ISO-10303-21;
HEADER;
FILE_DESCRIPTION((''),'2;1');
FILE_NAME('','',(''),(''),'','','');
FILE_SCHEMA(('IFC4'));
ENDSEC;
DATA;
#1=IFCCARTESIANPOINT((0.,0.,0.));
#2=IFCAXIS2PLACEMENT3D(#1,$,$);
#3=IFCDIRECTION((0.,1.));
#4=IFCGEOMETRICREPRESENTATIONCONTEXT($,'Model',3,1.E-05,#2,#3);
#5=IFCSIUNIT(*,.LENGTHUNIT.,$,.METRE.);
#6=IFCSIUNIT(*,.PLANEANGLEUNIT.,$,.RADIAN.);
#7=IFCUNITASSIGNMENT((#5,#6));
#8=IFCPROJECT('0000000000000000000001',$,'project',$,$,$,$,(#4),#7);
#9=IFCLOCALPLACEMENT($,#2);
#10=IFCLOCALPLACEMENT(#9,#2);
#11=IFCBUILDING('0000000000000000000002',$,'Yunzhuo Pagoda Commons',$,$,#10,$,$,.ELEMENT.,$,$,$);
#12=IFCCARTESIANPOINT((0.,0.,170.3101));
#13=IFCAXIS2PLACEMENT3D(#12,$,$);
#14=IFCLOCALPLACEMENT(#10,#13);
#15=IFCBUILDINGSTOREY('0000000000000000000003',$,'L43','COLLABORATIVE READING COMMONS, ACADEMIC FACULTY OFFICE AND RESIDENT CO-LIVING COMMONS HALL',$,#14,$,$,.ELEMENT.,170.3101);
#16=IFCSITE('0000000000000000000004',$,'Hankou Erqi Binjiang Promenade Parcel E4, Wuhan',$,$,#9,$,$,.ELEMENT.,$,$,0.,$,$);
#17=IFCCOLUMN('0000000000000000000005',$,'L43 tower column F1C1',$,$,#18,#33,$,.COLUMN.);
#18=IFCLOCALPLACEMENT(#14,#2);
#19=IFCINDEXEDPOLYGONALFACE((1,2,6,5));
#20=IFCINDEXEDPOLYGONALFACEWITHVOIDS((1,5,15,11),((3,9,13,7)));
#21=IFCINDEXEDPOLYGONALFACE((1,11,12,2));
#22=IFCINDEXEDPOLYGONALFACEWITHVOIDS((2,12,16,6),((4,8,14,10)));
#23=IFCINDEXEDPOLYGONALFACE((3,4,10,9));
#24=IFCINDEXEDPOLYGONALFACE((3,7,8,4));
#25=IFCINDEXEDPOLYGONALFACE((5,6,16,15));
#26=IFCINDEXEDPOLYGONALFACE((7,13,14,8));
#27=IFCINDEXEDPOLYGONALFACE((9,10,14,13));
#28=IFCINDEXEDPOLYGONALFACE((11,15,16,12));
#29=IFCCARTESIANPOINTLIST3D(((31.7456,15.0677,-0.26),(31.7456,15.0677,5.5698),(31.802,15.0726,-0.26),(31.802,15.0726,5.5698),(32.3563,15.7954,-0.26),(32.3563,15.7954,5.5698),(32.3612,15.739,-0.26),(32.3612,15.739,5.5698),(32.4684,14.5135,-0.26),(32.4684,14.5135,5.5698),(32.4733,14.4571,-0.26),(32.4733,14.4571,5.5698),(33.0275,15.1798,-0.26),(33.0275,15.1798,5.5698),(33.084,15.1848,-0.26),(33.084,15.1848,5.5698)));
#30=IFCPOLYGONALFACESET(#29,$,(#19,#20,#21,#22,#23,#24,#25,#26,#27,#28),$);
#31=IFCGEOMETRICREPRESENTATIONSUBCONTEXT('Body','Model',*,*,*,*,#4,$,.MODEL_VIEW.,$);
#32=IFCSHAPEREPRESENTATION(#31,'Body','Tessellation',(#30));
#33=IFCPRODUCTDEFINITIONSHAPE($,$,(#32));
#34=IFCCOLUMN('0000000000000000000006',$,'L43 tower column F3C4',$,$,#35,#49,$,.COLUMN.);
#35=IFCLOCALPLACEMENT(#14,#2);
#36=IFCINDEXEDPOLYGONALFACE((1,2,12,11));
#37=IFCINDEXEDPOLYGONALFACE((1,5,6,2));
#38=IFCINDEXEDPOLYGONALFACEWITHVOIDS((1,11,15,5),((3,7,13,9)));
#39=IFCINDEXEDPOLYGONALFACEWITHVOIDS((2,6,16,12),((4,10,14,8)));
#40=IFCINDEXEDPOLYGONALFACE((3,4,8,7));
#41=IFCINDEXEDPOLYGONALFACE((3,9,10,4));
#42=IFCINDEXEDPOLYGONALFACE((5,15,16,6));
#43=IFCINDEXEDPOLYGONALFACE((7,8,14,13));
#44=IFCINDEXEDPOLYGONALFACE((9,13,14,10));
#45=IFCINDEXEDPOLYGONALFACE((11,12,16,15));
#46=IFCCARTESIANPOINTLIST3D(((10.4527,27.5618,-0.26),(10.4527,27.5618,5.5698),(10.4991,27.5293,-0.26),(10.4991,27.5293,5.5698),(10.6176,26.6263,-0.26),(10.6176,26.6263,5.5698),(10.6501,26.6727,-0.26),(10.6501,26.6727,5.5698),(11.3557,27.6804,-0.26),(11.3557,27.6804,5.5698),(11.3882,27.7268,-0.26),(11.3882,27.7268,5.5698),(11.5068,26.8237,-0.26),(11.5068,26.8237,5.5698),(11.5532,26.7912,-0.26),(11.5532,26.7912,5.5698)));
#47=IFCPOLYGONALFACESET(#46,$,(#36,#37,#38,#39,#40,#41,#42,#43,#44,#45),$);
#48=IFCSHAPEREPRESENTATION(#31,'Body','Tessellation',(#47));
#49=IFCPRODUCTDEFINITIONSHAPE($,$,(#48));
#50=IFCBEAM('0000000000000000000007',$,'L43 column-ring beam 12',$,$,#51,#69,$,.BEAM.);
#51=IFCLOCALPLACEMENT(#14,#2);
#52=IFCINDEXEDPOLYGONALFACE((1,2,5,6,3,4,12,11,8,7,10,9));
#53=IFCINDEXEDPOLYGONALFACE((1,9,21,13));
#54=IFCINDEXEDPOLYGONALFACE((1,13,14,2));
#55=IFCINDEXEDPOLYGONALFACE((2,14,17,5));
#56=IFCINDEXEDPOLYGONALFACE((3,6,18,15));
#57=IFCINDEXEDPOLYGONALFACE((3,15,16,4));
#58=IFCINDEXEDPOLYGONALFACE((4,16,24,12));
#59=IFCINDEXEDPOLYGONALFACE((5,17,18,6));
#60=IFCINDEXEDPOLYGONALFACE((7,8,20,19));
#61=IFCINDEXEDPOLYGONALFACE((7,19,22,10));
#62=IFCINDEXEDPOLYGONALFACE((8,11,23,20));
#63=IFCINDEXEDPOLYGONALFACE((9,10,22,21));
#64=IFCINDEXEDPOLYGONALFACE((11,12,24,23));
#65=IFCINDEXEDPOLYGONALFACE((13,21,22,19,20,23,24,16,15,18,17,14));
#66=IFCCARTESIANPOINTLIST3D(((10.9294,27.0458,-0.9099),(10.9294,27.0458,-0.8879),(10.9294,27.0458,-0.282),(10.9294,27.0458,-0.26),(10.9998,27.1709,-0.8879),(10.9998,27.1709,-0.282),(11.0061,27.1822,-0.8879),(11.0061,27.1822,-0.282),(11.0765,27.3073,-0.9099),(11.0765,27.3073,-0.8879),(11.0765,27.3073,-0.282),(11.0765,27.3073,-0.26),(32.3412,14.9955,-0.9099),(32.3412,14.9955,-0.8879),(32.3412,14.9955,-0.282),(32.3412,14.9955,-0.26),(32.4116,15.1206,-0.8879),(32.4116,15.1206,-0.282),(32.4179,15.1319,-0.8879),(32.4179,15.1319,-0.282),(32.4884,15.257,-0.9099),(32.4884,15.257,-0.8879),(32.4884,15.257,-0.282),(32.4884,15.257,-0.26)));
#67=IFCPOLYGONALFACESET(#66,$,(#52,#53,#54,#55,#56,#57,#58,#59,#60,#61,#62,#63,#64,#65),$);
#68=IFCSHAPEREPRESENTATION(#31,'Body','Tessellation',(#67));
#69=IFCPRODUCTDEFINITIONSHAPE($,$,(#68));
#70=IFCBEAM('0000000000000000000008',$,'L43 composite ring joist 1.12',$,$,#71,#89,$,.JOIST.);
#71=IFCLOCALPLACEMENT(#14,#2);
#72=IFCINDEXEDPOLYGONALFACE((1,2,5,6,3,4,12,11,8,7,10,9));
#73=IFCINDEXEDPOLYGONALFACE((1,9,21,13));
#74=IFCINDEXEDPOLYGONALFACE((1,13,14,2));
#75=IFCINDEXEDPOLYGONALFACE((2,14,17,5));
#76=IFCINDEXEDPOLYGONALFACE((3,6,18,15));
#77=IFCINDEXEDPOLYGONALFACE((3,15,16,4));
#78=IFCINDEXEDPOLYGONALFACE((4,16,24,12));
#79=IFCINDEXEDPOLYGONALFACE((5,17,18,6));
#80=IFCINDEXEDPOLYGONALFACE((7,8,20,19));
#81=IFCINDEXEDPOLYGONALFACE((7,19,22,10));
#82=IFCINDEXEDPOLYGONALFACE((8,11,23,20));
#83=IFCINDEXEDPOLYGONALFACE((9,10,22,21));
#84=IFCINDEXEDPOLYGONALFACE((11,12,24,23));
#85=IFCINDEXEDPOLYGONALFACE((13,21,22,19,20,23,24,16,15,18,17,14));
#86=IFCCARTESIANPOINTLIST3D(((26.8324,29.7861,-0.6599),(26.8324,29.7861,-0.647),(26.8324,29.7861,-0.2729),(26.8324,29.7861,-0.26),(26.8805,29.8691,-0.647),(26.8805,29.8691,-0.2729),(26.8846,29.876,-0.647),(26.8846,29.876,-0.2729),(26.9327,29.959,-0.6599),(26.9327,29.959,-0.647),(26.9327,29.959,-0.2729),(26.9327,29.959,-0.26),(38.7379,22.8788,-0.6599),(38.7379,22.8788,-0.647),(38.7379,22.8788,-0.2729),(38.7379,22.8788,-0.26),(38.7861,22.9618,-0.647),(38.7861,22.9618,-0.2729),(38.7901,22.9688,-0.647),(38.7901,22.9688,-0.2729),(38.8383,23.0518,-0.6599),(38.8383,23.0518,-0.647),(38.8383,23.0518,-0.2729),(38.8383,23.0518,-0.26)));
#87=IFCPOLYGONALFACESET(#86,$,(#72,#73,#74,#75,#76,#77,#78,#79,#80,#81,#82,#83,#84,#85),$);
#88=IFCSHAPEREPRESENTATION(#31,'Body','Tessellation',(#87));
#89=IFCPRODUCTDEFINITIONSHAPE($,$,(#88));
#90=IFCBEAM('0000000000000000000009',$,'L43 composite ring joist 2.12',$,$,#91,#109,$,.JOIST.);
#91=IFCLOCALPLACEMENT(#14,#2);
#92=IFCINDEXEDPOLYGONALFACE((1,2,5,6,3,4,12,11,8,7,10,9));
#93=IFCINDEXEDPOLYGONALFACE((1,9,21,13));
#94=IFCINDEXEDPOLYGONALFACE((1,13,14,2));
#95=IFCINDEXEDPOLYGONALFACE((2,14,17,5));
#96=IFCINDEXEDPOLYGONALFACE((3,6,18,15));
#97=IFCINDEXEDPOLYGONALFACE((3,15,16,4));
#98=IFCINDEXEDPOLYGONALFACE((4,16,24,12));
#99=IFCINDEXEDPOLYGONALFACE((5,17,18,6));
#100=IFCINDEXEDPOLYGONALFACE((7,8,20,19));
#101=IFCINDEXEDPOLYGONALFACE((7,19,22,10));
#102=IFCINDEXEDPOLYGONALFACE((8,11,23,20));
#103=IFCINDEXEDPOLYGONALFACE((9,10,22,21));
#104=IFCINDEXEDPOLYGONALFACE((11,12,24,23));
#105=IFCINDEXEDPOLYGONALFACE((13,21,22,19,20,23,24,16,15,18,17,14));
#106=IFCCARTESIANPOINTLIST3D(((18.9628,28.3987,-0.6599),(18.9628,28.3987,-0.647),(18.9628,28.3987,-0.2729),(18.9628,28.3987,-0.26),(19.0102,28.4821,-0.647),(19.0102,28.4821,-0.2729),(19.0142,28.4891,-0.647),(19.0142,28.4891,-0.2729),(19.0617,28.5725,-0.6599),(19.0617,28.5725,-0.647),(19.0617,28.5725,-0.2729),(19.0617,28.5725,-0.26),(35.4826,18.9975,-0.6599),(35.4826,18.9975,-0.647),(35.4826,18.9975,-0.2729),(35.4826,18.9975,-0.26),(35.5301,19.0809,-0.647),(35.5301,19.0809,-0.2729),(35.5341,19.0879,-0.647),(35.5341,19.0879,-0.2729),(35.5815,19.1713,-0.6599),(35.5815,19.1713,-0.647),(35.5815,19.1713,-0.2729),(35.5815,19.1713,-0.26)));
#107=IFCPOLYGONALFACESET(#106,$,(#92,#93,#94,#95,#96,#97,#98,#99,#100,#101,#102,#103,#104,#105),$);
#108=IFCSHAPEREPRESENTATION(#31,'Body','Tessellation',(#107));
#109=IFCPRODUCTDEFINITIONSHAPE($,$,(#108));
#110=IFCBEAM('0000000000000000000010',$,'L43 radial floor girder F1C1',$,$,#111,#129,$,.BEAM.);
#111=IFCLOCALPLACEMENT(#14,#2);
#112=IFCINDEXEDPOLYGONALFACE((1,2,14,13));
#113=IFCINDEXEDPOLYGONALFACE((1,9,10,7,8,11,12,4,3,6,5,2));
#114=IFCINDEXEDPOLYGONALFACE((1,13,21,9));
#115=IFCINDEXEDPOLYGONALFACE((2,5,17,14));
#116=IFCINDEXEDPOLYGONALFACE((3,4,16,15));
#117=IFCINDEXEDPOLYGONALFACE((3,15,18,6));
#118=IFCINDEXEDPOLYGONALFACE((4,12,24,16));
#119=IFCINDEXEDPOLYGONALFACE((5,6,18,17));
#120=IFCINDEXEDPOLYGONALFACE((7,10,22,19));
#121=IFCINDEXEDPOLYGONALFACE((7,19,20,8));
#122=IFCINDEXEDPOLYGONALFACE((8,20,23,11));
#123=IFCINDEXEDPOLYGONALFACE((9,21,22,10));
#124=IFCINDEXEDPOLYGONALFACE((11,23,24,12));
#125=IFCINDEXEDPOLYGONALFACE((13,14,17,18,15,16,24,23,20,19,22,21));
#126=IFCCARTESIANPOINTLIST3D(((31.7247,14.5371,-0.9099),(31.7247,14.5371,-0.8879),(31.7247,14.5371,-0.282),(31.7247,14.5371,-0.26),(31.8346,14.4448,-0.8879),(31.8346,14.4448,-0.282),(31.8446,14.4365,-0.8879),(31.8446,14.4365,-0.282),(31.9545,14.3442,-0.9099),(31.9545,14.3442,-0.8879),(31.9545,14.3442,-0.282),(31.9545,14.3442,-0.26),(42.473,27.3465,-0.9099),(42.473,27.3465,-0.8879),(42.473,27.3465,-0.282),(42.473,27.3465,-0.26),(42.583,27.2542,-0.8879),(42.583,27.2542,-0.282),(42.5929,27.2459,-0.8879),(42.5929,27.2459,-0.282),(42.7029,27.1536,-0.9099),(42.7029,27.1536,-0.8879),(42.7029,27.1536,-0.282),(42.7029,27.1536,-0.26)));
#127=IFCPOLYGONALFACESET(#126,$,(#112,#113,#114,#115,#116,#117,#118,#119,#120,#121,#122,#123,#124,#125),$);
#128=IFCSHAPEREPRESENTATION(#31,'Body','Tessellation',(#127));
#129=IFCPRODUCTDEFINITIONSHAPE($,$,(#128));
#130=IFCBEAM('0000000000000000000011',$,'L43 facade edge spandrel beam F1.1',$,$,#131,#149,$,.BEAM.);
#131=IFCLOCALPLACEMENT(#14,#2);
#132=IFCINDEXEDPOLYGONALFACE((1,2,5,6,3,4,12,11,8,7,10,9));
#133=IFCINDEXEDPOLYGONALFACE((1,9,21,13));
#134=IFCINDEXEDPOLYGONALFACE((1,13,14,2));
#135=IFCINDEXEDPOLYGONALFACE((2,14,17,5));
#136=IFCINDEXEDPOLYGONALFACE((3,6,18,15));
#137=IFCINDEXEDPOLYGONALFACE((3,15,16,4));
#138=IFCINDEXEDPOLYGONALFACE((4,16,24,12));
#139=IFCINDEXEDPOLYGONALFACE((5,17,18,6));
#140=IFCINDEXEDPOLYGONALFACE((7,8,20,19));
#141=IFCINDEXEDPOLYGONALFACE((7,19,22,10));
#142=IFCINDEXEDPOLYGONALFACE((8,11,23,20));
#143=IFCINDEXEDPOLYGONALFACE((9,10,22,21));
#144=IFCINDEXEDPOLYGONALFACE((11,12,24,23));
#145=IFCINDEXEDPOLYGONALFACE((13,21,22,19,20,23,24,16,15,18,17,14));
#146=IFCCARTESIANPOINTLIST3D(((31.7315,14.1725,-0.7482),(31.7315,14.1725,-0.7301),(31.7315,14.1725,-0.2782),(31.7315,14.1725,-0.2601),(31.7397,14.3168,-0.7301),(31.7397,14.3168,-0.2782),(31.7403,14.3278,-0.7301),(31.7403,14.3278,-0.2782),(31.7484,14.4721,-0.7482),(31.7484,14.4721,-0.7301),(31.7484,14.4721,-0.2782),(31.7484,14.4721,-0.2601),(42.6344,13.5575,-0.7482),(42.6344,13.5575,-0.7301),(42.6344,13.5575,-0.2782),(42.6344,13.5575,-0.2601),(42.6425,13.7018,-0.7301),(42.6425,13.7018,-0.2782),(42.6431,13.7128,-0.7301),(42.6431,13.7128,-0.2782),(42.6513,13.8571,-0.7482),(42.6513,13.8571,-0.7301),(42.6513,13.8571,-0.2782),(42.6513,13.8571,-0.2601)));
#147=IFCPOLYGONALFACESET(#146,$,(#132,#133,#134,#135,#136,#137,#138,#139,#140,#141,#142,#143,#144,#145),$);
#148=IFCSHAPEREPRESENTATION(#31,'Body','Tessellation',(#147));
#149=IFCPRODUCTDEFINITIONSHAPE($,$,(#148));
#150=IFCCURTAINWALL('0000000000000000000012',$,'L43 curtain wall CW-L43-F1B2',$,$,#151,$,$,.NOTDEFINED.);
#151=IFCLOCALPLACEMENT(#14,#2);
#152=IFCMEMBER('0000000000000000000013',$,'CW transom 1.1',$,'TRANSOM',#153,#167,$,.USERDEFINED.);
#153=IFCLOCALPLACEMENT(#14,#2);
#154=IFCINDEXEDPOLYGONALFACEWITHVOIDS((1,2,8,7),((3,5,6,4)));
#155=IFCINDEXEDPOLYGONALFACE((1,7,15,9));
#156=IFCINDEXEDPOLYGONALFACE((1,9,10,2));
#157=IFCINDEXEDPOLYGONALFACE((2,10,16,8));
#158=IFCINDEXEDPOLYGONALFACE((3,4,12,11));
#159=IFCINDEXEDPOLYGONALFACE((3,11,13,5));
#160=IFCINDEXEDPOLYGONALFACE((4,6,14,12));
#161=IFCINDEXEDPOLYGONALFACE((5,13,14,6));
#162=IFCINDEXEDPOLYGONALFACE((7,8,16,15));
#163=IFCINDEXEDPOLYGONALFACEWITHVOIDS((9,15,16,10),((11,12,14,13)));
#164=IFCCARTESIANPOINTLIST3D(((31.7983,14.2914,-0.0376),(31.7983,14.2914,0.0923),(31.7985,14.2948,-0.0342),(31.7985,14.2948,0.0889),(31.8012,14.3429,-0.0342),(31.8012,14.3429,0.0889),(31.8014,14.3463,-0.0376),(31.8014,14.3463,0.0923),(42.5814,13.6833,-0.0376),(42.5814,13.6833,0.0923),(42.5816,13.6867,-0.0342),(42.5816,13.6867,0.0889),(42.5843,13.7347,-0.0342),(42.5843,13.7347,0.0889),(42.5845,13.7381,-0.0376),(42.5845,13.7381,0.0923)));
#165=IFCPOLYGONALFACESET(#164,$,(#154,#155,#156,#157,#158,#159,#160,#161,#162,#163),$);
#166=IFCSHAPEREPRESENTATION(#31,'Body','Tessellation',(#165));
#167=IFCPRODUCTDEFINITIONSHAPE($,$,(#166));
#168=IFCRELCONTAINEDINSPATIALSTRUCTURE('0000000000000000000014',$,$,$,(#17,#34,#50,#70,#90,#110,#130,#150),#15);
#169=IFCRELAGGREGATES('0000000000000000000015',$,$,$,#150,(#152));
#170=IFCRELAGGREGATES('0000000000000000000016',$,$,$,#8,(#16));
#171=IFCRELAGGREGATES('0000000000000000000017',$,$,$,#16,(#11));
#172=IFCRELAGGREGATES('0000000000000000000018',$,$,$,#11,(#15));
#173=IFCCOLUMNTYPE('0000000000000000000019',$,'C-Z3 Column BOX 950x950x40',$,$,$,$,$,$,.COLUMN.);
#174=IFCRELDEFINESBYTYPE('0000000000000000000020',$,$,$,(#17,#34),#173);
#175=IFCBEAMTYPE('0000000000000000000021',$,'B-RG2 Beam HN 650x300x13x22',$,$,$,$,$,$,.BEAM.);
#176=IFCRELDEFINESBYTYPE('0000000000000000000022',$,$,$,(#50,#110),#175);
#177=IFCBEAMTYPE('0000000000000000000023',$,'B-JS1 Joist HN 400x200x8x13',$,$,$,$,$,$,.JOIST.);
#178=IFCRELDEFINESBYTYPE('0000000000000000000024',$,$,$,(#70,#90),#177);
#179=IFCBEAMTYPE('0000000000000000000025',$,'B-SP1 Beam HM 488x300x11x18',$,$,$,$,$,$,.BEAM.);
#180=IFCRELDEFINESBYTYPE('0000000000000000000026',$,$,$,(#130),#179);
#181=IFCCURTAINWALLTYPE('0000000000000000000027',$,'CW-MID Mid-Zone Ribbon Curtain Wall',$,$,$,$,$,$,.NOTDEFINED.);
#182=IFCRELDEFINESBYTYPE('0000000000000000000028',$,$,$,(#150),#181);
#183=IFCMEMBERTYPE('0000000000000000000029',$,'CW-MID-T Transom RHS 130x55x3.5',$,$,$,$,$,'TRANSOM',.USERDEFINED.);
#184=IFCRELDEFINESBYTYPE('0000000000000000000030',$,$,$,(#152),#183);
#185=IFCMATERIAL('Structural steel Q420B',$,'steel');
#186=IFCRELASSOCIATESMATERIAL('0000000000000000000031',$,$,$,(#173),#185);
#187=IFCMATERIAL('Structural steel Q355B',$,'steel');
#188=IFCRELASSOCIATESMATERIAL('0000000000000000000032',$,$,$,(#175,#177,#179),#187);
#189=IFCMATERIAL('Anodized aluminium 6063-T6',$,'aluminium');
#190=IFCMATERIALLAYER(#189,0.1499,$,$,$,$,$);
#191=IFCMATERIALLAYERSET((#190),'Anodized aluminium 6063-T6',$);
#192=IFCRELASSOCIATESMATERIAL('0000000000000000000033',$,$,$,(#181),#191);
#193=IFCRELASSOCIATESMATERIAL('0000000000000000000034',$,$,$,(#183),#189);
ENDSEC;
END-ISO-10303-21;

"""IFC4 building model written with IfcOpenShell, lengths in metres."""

from ifc_helpers import new_model, si_unit, direction, frame, origin, origin_2d, place, context, subcontext, project, spatial, hollow_rectangle, i_section, extrude, source, transform, mapped, material, layer, layer_set, material_profile, profile_set, type_object, element, aggregate, save


model = new_model("IFC4")

# Units and contexts
model_context = context("Model", 3, precision=1e-05, world=origin(), true_north=direction((0.0, 1.0)))
body_context = subcontext(model_context, "Body", "Model", "MODEL_VIEW")
ifc_project = project(units=[si_unit("LENGTHUNIT", "METRE"), si_unit("PLANEANGLEUNIT", "RADIAN")], contexts=[model_context])

# Site, building, storey
site_placement = place(None, origin())
site = spatial("IfcSite", under=ifc_project, at=site_placement, Name="Hankou Erqi Binjiang Promenade Parcel E4, Wuhan", CompositionType="ELEMENT", RefElevation=0.0)
building_placement = place(site_placement, origin())
building = spatial("IfcBuilding", under=site, at=building_placement, Name="Yunzhuo Pagoda Commons", CompositionType="ELEMENT")
storey_placement = place(building_placement, frame((0.0, 0.0, 170.3101)))
storey = spatial("IfcBuildingStorey", under=building, at=storey_placement, Name="L43", Description="COLLABORATIVE READING COMMONS, ACADEMIC FACULTY OFFICE AND RESIDENT CO-LIVING COMMONS HALL", CompositionType="ELEMENT", Elevation=170.3101)

# Columns
ifc_material_1 = material(Name="Structural steel Q420B", Category="steel")
ifc_material_profile_1 = material_profile(ifc_material_1, hollow_rectangle(XDim=0.95, YDim=0.95, WallThickness=0.04, at=origin_2d()), Name="Structural steel Q420B")
ifc_profile_set_1 = profile_set([ifc_material_profile_1], Name="Structural steel Q420B")
column_type = type_object("IfcColumnType", Name="C-Z3 Column BOX 950x950x40", PredefinedType="COLUMN", material=ifc_profile_set_1)
shared_shape_1 = source(origin(), body_context, "Body", "SweptSolid", [
    extrude(hollow_rectangle(XDim=0.95, YDim=0.95, WallThickness=0.04, at=origin_2d()), origin(), (0.0, 0.0, 1.0), 5.8298),
])
for number, where, z_axis, x_axis, name in (
    (1, (32.4148, 15.1262, -0.26), (0.0, 0.0, 1.0), (0.766044, -0.642788, 0.0), "L43 tower column F1C1"),
    (2, (11.0029, 27.1765, -0.26), (0.0, 0.0, 1.0), (0.173648, -0.984808, 0.0), "L43 tower column F3C4"),
):
    element("IfcColumn", number, at=place(storey_placement, frame(where, z_axis=z_axis, x_axis=x_axis)), inside=storey, type_object=column_type, Name=name, PredefinedType="COLUMN", context=body_context, shape_type="MappedRepresentation", body=[
        mapped(shared_shape_1, transform((0.0, 0.0, 0.0), scale=1.0)),
    ])

# Beams
ifc_material_2 = material(Name="Structural steel Q355B", Category="steel")
ifc_material_profile_2 = material_profile(ifc_material_2, i_section(OverallWidth=0.3, OverallDepth=0.6499, WebThickness=0.0129, FlangeThickness=0.022, at=origin_2d()), Name="Structural steel Q355B")
ifc_profile_set_2 = profile_set([ifc_material_profile_2], Name="Structural steel Q355B")
beam_type_1 = type_object("IfcBeamType", Name="B-RG2 Beam HN 650x300x13x22", PredefinedType="BEAM", material=ifc_profile_set_2)
shared_shape_2 = source(origin(), body_context, "Body", "SweptSolid", [
    extrude(i_section(OverallWidth=0.3, OverallDepth=0.6499, WebThickness=0.0129, FlangeThickness=0.022, at=origin_2d()), origin(), (0.0, 0.0, 1.0), 24.5698),
])
beam_1_placement = place(storey_placement, frame((11.0029, 27.1765, -0.585), z_axis=(0.871469, -0.49045, 0.0), x_axis=(0.49045, 0.871469, 0.0)))
element("IfcBeam", 3, at=beam_1_placement, inside=storey, type_object=beam_type_1, Name="L43 column-ring beam 12", PredefinedType="BEAM", context=body_context, shape_type="MappedRepresentation", body=[
    mapped(shared_shape_2, transform((0.0, 0.0, 0.0), scale=1.0)),
])
ifc_material_profile_3 = material_profile(ifc_material_2, i_section(OverallWidth=0.2, OverallDepth=0.3999, WebThickness=0.0081, FlangeThickness=0.0129, at=origin_2d()), Name="Structural steel Q355B")
ifc_profile_set_3 = profile_set([ifc_material_profile_3], Name="Structural steel Q355B")
beam_type_2 = type_object("IfcBeamType", Name="B-JS1 Joist HN 400x200x8x13", PredefinedType="JOIST", material=ifc_profile_set_3)
shared_shape_3 = source(origin(), body_context, "Body", "SweptSolid", [
    extrude(i_section(OverallWidth=0.2, OverallDepth=0.3999, WebThickness=0.0081, FlangeThickness=0.0129, at=origin_2d()), origin(), (0.0, 0.0, 1.0), 13.7642),
])
beam_2_placement = place(storey_placement, frame((26.8826, 29.8726, -0.46), z_axis=(0.864967, -0.501828, 0.0), x_axis=(0.501828, 0.864967, 0.0)))
element("IfcBeam", 4, at=beam_2_placement, inside=storey, type_object=beam_type_2, Name="L43 composite ring joist 1.12", PredefinedType="JOIST", context=body_context, shape_type="MappedRepresentation", body=[
    mapped(shared_shape_3, transform((0.0, 0.0, 0.0), scale=1.0)),
])
shared_shape_4 = source(origin(), body_context, "Body", "SweptSolid", [
    extrude(i_section(OverallWidth=0.2, OverallDepth=0.3999, WebThickness=0.0081, FlangeThickness=0.0129, at=origin_2d()), origin(), (0.0, 0.0, 1.0), 19.0076),
])
beam_3_placement = place(storey_placement, frame((19.0122, 28.4856, -0.46), z_axis=(0.86912, -0.494601, 0.0), x_axis=(0.494601, 0.86912, 0.0)))
element("IfcBeam", 5, at=beam_3_placement, inside=storey, type_object=beam_type_2, Name="L43 composite ring joist 2.12", PredefinedType="JOIST", context=body_context, shape_type="MappedRepresentation", body=[
    mapped(shared_shape_4, transform((0.0, 0.0, 0.0), scale=1.0)),
])
shared_shape_5 = source(origin(), body_context, "Body", "SweptSolid", [
    extrude(i_section(OverallWidth=0.3, OverallDepth=0.6499, WebThickness=0.0129, FlangeThickness=0.022, at=origin_2d()), origin(), (0.0, 0.0, 1.0), 16.7214),
])
beam_4_placement = place(storey_placement, frame((31.8396, 14.4407, -0.585), z_axis=(0.642787, 0.766045, 0.0), x_axis=(-0.766045, 0.642787, 0.0)))
element("IfcBeam", 6, at=beam_4_placement, inside=storey, type_object=beam_type_1, Name="L43 radial floor girder F1C1", PredefinedType="BEAM", context=body_context, shape_type="MappedRepresentation", body=[
    mapped(shared_shape_5, transform((0.0, 0.0, 0.0), scale=1.0)),
])
ifc_material_profile_4 = material_profile(ifc_material_2, i_section(OverallWidth=0.3, OverallDepth=0.488, WebThickness=0.011, FlangeThickness=0.0181, at=origin_2d()), Name="Structural steel Q355B")
ifc_profile_set_4 = profile_set([ifc_material_profile_4], Name="Structural steel Q355B")
beam_type_3 = type_object("IfcBeamType", Name="B-SP1 Beam HM 488x300x11x18", PredefinedType="BEAM", material=ifc_profile_set_4)
shared_shape_6 = source(origin(), body_context, "Body", "SweptSolid", [
    extrude(i_section(OverallWidth=0.3, OverallDepth=0.488, WebThickness=0.011, FlangeThickness=0.0181, at=origin_2d()), origin(), (0.0, 0.0, 1.0), 10.9202),
])
beam_5_placement = place(storey_placement, frame((31.74, 14.3223, -0.5042), z_axis=(0.998413, -0.056317, 0.0), x_axis=(0.056317, 0.998413, 0.0)))
element("IfcBeam", 7, at=beam_5_placement, inside=storey, type_object=beam_type_3, Name="L43 facade edge spandrel beam F1.1", PredefinedType="BEAM", context=body_context, shape_type="MappedRepresentation", body=[
    mapped(shared_shape_6, transform((0.0, 0.0, 0.0), scale=1.0)),
])

# Curtain wall, member
ifc_material_3 = material(Name="Anodized aluminium 6063-T6", Category="aluminium")
ifc_layer_1 = layer(ifc_material_3, 0.1499)
ifc_layer_set_1 = layer_set([ifc_layer_1], Name="Anodized aluminium 6063-T6")
curtain_wall_type = type_object("IfcCurtainWallType", Name="CW-MID Mid-Zone Ribbon Curtain Wall", PredefinedType="NOTDEFINED", material=ifc_layer_set_1)
curtain_wall_1_placement = place(storey_placement, origin())
curtain_wall_1 = element("IfcCurtainWall", 8, at=curtain_wall_1_placement, inside=storey, type_object=curtain_wall_type, Name="L43 curtain wall CW-L43-F1B2", PredefinedType="NOTDEFINED")
ifc_material_profile_5 = material_profile(ifc_material_3, hollow_rectangle(XDim=0.0549, YDim=0.1299, WallThickness=0.0034, at=origin_2d()), Name="Anodized aluminium 6063-T6")
ifc_profile_set_5 = profile_set([ifc_material_profile_5], Name="Anodized aluminium 6063-T6")
member_type_1 = type_object("IfcMemberType", Name="CW-MID-T Transom RHS 130x55x3.5", ElementType="TRANSOM", PredefinedType="USERDEFINED", material=ifc_profile_set_5)
shared_shape_7 = source(origin(), body_context, "Body", "SweptSolid", [
    extrude(hollow_rectangle(XDim=0.0549, YDim=0.1299, WallThickness=0.0034, at=origin_2d()), origin(), (0.0, 0.0, 1.0), 10.8003),
])
member_1_placement = place(storey_placement, frame((31.7998, 14.3188, 0.0273), z_axis=(0.998413, -0.056309, 0.0), x_axis=(0.056309, 0.998413, 0.0)))
member_1 = element("IfcMember", 9, at=member_1_placement, type_object=member_type_1, Name="CW transom 1.1", ObjectType="TRANSOM", PredefinedType="USERDEFINED", context=body_context, shape_type="MappedRepresentation", body=[
    mapped(shared_shape_7, transform((0.0, 0.0, 0.0), scale=1.0)),
])

aggregate(curtain_wall_1, [member_1])

save(model, "model.ifc")
